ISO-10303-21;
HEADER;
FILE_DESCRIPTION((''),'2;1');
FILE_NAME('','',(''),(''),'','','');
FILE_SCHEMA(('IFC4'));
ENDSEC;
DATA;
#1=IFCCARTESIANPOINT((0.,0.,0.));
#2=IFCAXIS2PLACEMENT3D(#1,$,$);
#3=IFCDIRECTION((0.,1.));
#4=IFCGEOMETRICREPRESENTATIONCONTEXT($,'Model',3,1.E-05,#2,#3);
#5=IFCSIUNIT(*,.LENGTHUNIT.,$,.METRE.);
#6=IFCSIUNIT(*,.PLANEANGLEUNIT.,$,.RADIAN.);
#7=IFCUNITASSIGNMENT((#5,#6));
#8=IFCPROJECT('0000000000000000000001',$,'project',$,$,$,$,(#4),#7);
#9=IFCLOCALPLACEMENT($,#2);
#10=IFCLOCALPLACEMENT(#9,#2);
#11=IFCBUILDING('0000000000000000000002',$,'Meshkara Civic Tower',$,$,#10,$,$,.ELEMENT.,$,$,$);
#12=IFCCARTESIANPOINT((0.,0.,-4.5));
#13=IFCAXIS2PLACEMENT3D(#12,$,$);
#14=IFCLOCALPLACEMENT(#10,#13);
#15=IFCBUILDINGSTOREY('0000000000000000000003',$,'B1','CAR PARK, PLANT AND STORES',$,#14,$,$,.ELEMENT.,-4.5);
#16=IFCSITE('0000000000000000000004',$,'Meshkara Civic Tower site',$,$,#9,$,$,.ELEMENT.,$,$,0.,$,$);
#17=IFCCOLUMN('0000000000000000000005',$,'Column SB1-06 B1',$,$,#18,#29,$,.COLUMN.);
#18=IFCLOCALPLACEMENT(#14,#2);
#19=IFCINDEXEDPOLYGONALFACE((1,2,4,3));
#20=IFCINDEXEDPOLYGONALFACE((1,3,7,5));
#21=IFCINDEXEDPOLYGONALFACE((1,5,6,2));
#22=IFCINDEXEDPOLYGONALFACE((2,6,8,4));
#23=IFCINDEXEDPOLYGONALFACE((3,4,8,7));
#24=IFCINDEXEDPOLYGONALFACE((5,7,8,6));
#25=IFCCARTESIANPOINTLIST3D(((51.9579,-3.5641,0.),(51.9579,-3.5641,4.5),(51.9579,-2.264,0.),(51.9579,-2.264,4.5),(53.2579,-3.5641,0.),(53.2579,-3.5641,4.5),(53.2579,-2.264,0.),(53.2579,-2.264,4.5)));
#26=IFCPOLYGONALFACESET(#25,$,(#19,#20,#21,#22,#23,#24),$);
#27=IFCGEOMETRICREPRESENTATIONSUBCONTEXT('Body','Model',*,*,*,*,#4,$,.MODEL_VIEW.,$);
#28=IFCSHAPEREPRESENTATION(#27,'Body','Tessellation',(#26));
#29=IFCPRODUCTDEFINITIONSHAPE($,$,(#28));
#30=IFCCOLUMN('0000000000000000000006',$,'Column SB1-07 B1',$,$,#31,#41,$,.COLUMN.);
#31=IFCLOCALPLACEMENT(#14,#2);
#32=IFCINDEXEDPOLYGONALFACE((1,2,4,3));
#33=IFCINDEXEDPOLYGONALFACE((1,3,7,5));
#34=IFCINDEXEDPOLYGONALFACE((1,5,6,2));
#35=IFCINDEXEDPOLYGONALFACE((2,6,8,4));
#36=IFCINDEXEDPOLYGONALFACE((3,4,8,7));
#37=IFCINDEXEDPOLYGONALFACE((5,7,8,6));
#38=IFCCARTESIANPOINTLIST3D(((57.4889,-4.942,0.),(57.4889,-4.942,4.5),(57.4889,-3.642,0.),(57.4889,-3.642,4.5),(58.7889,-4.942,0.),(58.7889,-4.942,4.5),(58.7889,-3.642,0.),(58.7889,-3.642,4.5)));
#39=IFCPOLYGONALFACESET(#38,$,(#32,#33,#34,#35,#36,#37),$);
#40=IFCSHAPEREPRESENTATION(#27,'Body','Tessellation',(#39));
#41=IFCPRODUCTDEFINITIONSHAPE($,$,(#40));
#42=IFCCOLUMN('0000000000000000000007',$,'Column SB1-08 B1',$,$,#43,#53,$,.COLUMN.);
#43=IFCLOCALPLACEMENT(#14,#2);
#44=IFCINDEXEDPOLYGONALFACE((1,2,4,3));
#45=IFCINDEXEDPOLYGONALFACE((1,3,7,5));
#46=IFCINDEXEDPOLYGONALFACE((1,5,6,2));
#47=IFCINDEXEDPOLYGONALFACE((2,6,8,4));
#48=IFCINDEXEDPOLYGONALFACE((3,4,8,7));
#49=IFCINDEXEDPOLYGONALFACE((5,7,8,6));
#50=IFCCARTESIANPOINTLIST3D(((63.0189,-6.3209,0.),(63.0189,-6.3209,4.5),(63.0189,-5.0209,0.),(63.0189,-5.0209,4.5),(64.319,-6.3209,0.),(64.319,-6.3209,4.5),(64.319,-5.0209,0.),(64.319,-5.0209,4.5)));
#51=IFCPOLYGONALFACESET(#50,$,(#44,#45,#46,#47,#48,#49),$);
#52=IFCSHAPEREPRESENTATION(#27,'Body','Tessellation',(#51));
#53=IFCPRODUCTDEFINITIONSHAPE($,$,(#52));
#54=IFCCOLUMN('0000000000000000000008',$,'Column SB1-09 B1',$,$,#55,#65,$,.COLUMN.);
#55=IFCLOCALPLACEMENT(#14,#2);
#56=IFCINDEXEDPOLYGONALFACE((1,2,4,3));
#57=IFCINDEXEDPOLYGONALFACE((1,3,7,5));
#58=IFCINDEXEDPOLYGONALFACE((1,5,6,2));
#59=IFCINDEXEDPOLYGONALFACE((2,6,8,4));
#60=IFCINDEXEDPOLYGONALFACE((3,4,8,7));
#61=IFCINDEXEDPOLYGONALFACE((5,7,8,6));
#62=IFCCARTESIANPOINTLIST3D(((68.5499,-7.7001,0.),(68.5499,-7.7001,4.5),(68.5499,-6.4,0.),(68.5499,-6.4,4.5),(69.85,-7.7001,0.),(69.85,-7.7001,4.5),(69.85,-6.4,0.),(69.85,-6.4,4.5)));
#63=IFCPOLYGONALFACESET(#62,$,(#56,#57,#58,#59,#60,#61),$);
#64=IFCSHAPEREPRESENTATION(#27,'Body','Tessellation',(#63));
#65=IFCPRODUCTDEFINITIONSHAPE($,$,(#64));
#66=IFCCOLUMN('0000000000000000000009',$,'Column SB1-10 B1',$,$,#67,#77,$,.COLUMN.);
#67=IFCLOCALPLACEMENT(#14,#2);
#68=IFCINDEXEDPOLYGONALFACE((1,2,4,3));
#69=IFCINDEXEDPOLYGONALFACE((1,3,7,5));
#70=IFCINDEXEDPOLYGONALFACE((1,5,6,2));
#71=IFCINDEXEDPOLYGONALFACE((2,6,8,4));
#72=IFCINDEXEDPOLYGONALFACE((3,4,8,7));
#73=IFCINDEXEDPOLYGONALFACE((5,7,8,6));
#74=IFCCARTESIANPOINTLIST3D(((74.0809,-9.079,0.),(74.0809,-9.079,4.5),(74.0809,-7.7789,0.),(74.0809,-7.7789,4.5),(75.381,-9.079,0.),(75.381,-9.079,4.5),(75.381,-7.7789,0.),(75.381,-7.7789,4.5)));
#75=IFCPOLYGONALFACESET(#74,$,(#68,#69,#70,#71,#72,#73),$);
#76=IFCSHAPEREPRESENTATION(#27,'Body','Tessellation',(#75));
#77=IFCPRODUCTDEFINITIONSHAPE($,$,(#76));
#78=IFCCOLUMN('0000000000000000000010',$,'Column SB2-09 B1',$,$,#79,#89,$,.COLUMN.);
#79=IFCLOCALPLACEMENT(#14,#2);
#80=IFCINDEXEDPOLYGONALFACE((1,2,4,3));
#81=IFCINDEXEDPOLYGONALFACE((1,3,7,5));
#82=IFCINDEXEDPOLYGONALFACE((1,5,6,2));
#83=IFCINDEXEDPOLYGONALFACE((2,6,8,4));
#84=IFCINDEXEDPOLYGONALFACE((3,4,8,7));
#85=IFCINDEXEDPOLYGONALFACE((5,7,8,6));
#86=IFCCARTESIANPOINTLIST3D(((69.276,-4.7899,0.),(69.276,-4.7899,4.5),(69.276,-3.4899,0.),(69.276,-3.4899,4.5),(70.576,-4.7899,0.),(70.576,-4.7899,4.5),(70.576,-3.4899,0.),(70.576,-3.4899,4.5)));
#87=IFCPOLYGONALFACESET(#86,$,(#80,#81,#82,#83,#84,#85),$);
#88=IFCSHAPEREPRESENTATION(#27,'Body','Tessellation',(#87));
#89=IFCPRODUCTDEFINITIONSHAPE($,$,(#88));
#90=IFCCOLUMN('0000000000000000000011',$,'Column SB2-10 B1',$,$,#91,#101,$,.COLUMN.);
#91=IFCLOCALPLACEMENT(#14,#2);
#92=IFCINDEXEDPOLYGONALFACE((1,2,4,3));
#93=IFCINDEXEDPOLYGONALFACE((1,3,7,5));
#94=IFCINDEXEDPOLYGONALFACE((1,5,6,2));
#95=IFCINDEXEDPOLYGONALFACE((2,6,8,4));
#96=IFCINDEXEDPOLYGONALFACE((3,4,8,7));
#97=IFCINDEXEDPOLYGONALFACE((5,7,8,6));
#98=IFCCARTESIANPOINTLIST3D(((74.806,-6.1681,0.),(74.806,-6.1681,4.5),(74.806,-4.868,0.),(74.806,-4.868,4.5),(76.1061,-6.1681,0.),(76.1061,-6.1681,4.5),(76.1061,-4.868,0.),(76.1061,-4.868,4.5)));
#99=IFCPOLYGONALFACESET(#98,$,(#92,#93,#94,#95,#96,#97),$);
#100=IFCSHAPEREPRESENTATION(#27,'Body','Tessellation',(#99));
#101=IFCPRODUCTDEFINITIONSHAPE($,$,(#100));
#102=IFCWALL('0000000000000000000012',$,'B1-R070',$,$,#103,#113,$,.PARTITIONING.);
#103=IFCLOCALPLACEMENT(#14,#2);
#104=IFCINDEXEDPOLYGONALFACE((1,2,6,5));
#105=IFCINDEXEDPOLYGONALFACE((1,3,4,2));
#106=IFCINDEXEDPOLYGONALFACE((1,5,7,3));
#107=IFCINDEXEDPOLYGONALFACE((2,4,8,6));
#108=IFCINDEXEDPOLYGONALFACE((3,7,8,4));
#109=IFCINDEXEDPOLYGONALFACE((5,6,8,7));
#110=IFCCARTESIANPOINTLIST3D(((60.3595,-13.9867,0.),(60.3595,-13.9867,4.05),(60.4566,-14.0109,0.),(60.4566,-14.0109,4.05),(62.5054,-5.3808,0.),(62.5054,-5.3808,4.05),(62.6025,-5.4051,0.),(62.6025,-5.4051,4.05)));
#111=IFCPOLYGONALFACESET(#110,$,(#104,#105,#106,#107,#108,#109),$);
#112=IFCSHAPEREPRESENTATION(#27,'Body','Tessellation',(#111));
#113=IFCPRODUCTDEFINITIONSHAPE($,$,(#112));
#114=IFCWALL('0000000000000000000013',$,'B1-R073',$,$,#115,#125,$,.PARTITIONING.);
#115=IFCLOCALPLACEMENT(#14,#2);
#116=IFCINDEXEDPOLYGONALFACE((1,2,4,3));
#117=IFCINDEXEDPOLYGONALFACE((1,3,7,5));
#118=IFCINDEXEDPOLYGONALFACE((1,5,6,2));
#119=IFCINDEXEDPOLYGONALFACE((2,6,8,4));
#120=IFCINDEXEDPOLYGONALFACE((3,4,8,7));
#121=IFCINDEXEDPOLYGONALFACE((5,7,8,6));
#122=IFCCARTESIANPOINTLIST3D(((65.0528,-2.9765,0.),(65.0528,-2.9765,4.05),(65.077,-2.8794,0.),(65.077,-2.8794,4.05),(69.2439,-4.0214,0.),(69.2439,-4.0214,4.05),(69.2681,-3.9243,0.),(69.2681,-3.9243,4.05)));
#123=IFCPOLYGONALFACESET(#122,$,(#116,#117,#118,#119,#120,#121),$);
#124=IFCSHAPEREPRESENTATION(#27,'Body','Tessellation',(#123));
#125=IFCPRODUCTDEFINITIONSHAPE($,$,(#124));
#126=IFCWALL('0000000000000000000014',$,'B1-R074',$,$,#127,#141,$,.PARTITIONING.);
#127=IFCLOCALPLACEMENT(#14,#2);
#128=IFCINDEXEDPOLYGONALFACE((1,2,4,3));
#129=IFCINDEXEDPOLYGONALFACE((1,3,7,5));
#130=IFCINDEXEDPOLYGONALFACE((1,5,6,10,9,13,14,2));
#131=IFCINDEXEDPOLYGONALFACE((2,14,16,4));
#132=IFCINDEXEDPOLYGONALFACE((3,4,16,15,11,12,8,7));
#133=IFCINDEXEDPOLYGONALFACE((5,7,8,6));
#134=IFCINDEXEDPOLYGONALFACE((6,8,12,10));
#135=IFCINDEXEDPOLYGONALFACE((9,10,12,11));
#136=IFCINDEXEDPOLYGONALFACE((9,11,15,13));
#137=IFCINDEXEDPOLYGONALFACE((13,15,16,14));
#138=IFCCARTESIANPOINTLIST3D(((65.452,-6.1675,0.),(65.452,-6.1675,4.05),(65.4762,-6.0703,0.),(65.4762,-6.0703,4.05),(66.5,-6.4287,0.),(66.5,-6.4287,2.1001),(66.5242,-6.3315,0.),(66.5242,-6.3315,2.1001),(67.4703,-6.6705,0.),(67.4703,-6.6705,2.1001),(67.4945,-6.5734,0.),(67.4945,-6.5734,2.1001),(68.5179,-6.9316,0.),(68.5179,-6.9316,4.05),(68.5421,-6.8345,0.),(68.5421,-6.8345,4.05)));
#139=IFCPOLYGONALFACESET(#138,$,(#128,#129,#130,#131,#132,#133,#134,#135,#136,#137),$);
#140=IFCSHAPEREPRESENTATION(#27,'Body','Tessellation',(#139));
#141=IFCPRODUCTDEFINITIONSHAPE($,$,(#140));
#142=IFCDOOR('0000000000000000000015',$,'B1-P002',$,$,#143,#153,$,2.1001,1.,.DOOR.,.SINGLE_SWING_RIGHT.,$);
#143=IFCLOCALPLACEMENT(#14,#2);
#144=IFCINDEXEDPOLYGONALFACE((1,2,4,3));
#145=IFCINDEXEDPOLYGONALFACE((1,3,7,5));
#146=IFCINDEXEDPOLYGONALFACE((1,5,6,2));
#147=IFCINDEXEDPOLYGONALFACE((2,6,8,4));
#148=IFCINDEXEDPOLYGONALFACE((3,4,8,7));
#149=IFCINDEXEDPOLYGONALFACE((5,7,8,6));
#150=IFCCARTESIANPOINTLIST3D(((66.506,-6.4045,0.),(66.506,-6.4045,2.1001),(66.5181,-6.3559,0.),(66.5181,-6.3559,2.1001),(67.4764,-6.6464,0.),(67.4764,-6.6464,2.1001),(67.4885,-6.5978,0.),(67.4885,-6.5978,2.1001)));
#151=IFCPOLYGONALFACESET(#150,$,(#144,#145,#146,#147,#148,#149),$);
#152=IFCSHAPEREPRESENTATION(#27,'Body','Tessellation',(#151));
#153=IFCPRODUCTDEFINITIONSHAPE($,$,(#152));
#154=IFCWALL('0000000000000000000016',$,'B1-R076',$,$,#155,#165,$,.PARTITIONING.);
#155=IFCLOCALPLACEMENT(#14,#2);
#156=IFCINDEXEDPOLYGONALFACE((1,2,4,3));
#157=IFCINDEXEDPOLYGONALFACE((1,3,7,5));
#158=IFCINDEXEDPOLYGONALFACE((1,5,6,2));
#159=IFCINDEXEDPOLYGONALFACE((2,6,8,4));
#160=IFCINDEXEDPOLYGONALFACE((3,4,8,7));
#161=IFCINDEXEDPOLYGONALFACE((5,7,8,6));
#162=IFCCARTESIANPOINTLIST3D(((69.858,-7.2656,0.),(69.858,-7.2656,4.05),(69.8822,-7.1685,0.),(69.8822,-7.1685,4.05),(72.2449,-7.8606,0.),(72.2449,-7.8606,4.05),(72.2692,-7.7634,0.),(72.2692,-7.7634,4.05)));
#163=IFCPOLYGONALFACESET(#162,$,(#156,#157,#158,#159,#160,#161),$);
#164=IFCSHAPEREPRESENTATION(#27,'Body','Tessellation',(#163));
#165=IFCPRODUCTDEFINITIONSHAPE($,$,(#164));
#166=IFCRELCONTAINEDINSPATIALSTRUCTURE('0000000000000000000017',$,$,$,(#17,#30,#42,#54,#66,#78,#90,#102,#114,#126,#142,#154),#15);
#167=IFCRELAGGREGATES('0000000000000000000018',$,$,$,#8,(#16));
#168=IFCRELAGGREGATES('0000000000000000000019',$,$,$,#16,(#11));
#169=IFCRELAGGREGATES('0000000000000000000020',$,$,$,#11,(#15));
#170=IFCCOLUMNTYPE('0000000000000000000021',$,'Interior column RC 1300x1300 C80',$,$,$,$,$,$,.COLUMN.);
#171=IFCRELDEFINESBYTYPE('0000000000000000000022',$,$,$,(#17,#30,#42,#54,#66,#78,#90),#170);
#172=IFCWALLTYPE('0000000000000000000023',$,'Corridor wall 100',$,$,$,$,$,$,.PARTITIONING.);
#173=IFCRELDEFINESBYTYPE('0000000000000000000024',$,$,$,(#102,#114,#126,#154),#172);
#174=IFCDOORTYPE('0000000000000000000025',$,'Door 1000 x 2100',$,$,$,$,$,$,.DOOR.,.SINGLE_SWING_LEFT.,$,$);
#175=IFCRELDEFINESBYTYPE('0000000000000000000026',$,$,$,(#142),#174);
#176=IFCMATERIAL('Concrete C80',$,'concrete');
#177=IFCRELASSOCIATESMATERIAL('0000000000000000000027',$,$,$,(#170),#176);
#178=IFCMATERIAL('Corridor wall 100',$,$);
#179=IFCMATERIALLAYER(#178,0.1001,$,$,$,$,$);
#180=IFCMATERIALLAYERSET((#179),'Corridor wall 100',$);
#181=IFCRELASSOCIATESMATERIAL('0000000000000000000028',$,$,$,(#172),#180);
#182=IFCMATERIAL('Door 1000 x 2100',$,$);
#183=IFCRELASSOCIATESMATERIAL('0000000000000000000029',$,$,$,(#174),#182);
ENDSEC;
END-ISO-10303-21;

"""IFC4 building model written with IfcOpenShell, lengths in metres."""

from ifc_helpers import new_model, si_unit, direction, frame, frame_2d, origin, origin_2d, place, context, subcontext, project, spatial, rectangle, extrude, material, layer, layer_set, material_profile, profile_set, type_object, element, fill, save


model = new_model("IFC4")

# Units and contexts
model_context = context("Model", 3, precision=1e-05, world=origin(), true_north=direction((0.0, 1.0)))
body_context = subcontext(model_context, "Body", "Model", "MODEL_VIEW")
ifc_project = project(units=[si_unit("LENGTHUNIT", "METRE"), si_unit("PLANEANGLEUNIT", "RADIAN")], contexts=[model_context])

# Site, building, storey
site_placement = place(None, origin())
site = spatial("IfcSite", under=ifc_project, at=site_placement, Name="Meshkara Civic Tower site", CompositionType="ELEMENT", RefElevation=0.0)
building_placement = place(site_placement, origin())
building = spatial("IfcBuilding", under=site, at=building_placement, Name="Meshkara Civic Tower", CompositionType="ELEMENT")
storey_placement = place(building_placement, frame((0.0, 0.0, -4.5)))
storey = spatial("IfcBuildingStorey", under=building, at=storey_placement, Name="B1", Description="CAR PARK, PLANT AND STORES", CompositionType="ELEMENT", Elevation=-4.5)

# Columns
ifc_material_1 = material(Name="Concrete C80", Category="concrete")
ifc_material_profile = material_profile(ifc_material_1, rectangle(XDim=1.3, YDim=1.3, at=origin_2d()))
ifc_profile_set = profile_set([ifc_material_profile], Name="Concrete C80")
column_type = type_object("IfcColumnType", Name="Interior column RC 1300x1300 C80", PredefinedType="COLUMN", material=ifc_profile_set)
for number, where, z_axis, x_axis, name in (
    (1, (52.6079, -2.9141, 0.0), (0.0, 0.0, 1.0), (1.0, 0.0, 0.0), "Column SB1-06 B1"),
    (2, (58.1389, -4.292, 0.0), (0.0, 0.0, 1.0), (1.0, 0.0, 0.0), "Column SB1-07 B1"),
    (3, (63.6689, -5.6709, 0.0), (0.0, 0.0, 1.0), (1.0, 0.0, 0.0), "Column SB1-08 B1"),
    (4, (69.2, -7.05, 0.0), (0.0, 0.0, 1.0), (1.0, 0.0, 0.0), "Column SB1-09 B1"),
    (5, (74.731, -8.429, 0.0), (0.0, 0.0, 1.0), (1.0, 0.0, 0.0), "Column SB1-10 B1"),
    (6, (69.926, -4.1399, 0.0), (0.0, 0.0, 1.0), (1.0, 0.0, 0.0), "Column SB2-09 B1"),
    (7, (75.4561, -5.5181, 0.0), (0.0, 0.0, 1.0), (1.0, 0.0, 0.0), "Column SB2-10 B1"),
):
    element("IfcColumn", number, at=place(storey_placement, frame(where, z_axis=z_axis, x_axis=x_axis)), inside=storey, type_object=column_type, Name=name, PredefinedType="COLUMN", context=body_context, shape_type="SweptSolid", body=[
        extrude(rectangle(XDim=1.3, YDim=1.3, at=origin_2d()), origin(), (0.0, 0.0, 1.0), 4.5),
    ])

# Walls
ifc_material_2 = material(Name="Corridor wall 100")
ifc_layer_1 = layer(ifc_material_2, 0.1001)
ifc_layer_set_1 = layer_set([ifc_layer_1], Name="Corridor wall 100")
wall_type_1 = type_object("IfcWallType", Name="Corridor wall 100", PredefinedType="PARTITIONING", material=ifc_layer_set_1)
wall_1_placement = place(storey_placement, frame((62.554, -5.3931, 0.0), z_axis=(0.0, 0.0, 1.0), x_axis=(-0.241953, -0.970288, 0.0)))
element("IfcWall", 8, at=wall_1_placement, inside=storey, type_object=wall_type_1, Name="B1-R070", PredefinedType="PARTITIONING", context=body_context, shape_type="SweptSolid", body=[
    extrude(rectangle(XDim=8.8694, YDim=0.1001, at=frame_2d((4.4346, 0.0))), origin(), (0.0, 0.0, 1.0), 4.05),
])
wall_2_placement = place(storey_placement, frame((65.0649, -2.928, 0.0), z_axis=(0.0, 0.0, 1.0), x_axis=(0.970299, -0.241911, 0.0)))
element("IfcWall", 9, at=wall_2_placement, inside=storey, type_object=wall_type_1, Name="B1-R073", PredefinedType="PARTITIONING", context=body_context, shape_type="SweptSolid", body=[
    extrude(rectangle(XDim=4.3193, YDim=0.1001, at=frame_2d((2.1597, 0.0))), origin(), (0.0, 0.0, 1.0), 4.05),
])

# Wall, opening, door
wall_3_placement = place(storey_placement, frame((65.4641, -6.1189, 0.0), z_axis=(0.0, 0.0, 1.0), x_axis=(0.970315, -0.241845, 0.0)))
wall_3 = element("IfcWall", 10, at=wall_3_placement, inside=storey, type_object=wall_type_1, Name="B1-R074", PredefinedType="PARTITIONING", context=body_context, shape_type="SweptSolid", body=[
    extrude(rectangle(XDim=3.1597, YDim=0.1001, at=frame_2d((1.5798, 0.0))), origin(), (0.0, 0.0, 1.0), 4.05),
])
opening_1_placement = place(wall_3_placement, frame((1.0801, 0.0, 0.0)))
opening_1 = element("IfcOpeningElement", 11, at=opening_1_placement, cuts=wall_3, PredefinedType="OPENING", context=body_context, shape_type="SweptSolid", body=[
    extrude(rectangle(XDim=1.0, YDim=2.1001, at=frame_2d((0.5, 1.05))), frame((0.0, 0.0601, 0.0), z_axis=(0.0, -1.0, 0.0), x_axis=(1.0, 0.0, 0.0)), (0.0, 0.0, 1.0), 0.1201),
])
ifc_material_3 = material(Name="Door 1000 x 2100")
door_type_1 = type_object("IfcDoorType", Name="Door 1000 x 2100", OperationType="SINGLE_SWING_LEFT", PredefinedType="DOOR", material=ifc_material_3)
door_1_placement = place(opening_1_placement, origin())
door_1 = element("IfcDoor", 12, at=door_1_placement, inside=storey, type_object=door_type_1, Name="B1-P002", OperationType="SINGLE_SWING_RIGHT", OverallHeight=2.1001, OverallWidth=1.0, PredefinedType="DOOR", context=body_context, shape_type="SweptSolid", body=[
    extrude(rectangle(XDim=1.0, YDim=2.1001, at=frame_2d((0.5, 1.05))), frame((0.0, 0.0249, 0.0), z_axis=(0.0, -1.0, 0.0), x_axis=(1.0, 0.0, 0.0)), (0.0, 0.0, 1.0), 0.05),
])
fill(opening_1, door_1)

# Wall
wall_4_placement = place(storey_placement, frame((69.8701, -7.217, 0.0), z_axis=(0.0, 0.0, 1.0), x_axis=(0.970312, -0.241858, 0.0)))
element("IfcWall", 13, at=wall_4_placement, inside=storey, type_object=wall_type_1, Name="B1-R076", PredefinedType="PARTITIONING", context=body_context, shape_type="SweptSolid", body=[
    extrude(rectangle(XDim=2.46, YDim=0.1001, at=frame_2d((1.23, 0.0))), origin(), (0.0, 0.0, 1.0), 4.05),
])

save(model, "model.ifc")
